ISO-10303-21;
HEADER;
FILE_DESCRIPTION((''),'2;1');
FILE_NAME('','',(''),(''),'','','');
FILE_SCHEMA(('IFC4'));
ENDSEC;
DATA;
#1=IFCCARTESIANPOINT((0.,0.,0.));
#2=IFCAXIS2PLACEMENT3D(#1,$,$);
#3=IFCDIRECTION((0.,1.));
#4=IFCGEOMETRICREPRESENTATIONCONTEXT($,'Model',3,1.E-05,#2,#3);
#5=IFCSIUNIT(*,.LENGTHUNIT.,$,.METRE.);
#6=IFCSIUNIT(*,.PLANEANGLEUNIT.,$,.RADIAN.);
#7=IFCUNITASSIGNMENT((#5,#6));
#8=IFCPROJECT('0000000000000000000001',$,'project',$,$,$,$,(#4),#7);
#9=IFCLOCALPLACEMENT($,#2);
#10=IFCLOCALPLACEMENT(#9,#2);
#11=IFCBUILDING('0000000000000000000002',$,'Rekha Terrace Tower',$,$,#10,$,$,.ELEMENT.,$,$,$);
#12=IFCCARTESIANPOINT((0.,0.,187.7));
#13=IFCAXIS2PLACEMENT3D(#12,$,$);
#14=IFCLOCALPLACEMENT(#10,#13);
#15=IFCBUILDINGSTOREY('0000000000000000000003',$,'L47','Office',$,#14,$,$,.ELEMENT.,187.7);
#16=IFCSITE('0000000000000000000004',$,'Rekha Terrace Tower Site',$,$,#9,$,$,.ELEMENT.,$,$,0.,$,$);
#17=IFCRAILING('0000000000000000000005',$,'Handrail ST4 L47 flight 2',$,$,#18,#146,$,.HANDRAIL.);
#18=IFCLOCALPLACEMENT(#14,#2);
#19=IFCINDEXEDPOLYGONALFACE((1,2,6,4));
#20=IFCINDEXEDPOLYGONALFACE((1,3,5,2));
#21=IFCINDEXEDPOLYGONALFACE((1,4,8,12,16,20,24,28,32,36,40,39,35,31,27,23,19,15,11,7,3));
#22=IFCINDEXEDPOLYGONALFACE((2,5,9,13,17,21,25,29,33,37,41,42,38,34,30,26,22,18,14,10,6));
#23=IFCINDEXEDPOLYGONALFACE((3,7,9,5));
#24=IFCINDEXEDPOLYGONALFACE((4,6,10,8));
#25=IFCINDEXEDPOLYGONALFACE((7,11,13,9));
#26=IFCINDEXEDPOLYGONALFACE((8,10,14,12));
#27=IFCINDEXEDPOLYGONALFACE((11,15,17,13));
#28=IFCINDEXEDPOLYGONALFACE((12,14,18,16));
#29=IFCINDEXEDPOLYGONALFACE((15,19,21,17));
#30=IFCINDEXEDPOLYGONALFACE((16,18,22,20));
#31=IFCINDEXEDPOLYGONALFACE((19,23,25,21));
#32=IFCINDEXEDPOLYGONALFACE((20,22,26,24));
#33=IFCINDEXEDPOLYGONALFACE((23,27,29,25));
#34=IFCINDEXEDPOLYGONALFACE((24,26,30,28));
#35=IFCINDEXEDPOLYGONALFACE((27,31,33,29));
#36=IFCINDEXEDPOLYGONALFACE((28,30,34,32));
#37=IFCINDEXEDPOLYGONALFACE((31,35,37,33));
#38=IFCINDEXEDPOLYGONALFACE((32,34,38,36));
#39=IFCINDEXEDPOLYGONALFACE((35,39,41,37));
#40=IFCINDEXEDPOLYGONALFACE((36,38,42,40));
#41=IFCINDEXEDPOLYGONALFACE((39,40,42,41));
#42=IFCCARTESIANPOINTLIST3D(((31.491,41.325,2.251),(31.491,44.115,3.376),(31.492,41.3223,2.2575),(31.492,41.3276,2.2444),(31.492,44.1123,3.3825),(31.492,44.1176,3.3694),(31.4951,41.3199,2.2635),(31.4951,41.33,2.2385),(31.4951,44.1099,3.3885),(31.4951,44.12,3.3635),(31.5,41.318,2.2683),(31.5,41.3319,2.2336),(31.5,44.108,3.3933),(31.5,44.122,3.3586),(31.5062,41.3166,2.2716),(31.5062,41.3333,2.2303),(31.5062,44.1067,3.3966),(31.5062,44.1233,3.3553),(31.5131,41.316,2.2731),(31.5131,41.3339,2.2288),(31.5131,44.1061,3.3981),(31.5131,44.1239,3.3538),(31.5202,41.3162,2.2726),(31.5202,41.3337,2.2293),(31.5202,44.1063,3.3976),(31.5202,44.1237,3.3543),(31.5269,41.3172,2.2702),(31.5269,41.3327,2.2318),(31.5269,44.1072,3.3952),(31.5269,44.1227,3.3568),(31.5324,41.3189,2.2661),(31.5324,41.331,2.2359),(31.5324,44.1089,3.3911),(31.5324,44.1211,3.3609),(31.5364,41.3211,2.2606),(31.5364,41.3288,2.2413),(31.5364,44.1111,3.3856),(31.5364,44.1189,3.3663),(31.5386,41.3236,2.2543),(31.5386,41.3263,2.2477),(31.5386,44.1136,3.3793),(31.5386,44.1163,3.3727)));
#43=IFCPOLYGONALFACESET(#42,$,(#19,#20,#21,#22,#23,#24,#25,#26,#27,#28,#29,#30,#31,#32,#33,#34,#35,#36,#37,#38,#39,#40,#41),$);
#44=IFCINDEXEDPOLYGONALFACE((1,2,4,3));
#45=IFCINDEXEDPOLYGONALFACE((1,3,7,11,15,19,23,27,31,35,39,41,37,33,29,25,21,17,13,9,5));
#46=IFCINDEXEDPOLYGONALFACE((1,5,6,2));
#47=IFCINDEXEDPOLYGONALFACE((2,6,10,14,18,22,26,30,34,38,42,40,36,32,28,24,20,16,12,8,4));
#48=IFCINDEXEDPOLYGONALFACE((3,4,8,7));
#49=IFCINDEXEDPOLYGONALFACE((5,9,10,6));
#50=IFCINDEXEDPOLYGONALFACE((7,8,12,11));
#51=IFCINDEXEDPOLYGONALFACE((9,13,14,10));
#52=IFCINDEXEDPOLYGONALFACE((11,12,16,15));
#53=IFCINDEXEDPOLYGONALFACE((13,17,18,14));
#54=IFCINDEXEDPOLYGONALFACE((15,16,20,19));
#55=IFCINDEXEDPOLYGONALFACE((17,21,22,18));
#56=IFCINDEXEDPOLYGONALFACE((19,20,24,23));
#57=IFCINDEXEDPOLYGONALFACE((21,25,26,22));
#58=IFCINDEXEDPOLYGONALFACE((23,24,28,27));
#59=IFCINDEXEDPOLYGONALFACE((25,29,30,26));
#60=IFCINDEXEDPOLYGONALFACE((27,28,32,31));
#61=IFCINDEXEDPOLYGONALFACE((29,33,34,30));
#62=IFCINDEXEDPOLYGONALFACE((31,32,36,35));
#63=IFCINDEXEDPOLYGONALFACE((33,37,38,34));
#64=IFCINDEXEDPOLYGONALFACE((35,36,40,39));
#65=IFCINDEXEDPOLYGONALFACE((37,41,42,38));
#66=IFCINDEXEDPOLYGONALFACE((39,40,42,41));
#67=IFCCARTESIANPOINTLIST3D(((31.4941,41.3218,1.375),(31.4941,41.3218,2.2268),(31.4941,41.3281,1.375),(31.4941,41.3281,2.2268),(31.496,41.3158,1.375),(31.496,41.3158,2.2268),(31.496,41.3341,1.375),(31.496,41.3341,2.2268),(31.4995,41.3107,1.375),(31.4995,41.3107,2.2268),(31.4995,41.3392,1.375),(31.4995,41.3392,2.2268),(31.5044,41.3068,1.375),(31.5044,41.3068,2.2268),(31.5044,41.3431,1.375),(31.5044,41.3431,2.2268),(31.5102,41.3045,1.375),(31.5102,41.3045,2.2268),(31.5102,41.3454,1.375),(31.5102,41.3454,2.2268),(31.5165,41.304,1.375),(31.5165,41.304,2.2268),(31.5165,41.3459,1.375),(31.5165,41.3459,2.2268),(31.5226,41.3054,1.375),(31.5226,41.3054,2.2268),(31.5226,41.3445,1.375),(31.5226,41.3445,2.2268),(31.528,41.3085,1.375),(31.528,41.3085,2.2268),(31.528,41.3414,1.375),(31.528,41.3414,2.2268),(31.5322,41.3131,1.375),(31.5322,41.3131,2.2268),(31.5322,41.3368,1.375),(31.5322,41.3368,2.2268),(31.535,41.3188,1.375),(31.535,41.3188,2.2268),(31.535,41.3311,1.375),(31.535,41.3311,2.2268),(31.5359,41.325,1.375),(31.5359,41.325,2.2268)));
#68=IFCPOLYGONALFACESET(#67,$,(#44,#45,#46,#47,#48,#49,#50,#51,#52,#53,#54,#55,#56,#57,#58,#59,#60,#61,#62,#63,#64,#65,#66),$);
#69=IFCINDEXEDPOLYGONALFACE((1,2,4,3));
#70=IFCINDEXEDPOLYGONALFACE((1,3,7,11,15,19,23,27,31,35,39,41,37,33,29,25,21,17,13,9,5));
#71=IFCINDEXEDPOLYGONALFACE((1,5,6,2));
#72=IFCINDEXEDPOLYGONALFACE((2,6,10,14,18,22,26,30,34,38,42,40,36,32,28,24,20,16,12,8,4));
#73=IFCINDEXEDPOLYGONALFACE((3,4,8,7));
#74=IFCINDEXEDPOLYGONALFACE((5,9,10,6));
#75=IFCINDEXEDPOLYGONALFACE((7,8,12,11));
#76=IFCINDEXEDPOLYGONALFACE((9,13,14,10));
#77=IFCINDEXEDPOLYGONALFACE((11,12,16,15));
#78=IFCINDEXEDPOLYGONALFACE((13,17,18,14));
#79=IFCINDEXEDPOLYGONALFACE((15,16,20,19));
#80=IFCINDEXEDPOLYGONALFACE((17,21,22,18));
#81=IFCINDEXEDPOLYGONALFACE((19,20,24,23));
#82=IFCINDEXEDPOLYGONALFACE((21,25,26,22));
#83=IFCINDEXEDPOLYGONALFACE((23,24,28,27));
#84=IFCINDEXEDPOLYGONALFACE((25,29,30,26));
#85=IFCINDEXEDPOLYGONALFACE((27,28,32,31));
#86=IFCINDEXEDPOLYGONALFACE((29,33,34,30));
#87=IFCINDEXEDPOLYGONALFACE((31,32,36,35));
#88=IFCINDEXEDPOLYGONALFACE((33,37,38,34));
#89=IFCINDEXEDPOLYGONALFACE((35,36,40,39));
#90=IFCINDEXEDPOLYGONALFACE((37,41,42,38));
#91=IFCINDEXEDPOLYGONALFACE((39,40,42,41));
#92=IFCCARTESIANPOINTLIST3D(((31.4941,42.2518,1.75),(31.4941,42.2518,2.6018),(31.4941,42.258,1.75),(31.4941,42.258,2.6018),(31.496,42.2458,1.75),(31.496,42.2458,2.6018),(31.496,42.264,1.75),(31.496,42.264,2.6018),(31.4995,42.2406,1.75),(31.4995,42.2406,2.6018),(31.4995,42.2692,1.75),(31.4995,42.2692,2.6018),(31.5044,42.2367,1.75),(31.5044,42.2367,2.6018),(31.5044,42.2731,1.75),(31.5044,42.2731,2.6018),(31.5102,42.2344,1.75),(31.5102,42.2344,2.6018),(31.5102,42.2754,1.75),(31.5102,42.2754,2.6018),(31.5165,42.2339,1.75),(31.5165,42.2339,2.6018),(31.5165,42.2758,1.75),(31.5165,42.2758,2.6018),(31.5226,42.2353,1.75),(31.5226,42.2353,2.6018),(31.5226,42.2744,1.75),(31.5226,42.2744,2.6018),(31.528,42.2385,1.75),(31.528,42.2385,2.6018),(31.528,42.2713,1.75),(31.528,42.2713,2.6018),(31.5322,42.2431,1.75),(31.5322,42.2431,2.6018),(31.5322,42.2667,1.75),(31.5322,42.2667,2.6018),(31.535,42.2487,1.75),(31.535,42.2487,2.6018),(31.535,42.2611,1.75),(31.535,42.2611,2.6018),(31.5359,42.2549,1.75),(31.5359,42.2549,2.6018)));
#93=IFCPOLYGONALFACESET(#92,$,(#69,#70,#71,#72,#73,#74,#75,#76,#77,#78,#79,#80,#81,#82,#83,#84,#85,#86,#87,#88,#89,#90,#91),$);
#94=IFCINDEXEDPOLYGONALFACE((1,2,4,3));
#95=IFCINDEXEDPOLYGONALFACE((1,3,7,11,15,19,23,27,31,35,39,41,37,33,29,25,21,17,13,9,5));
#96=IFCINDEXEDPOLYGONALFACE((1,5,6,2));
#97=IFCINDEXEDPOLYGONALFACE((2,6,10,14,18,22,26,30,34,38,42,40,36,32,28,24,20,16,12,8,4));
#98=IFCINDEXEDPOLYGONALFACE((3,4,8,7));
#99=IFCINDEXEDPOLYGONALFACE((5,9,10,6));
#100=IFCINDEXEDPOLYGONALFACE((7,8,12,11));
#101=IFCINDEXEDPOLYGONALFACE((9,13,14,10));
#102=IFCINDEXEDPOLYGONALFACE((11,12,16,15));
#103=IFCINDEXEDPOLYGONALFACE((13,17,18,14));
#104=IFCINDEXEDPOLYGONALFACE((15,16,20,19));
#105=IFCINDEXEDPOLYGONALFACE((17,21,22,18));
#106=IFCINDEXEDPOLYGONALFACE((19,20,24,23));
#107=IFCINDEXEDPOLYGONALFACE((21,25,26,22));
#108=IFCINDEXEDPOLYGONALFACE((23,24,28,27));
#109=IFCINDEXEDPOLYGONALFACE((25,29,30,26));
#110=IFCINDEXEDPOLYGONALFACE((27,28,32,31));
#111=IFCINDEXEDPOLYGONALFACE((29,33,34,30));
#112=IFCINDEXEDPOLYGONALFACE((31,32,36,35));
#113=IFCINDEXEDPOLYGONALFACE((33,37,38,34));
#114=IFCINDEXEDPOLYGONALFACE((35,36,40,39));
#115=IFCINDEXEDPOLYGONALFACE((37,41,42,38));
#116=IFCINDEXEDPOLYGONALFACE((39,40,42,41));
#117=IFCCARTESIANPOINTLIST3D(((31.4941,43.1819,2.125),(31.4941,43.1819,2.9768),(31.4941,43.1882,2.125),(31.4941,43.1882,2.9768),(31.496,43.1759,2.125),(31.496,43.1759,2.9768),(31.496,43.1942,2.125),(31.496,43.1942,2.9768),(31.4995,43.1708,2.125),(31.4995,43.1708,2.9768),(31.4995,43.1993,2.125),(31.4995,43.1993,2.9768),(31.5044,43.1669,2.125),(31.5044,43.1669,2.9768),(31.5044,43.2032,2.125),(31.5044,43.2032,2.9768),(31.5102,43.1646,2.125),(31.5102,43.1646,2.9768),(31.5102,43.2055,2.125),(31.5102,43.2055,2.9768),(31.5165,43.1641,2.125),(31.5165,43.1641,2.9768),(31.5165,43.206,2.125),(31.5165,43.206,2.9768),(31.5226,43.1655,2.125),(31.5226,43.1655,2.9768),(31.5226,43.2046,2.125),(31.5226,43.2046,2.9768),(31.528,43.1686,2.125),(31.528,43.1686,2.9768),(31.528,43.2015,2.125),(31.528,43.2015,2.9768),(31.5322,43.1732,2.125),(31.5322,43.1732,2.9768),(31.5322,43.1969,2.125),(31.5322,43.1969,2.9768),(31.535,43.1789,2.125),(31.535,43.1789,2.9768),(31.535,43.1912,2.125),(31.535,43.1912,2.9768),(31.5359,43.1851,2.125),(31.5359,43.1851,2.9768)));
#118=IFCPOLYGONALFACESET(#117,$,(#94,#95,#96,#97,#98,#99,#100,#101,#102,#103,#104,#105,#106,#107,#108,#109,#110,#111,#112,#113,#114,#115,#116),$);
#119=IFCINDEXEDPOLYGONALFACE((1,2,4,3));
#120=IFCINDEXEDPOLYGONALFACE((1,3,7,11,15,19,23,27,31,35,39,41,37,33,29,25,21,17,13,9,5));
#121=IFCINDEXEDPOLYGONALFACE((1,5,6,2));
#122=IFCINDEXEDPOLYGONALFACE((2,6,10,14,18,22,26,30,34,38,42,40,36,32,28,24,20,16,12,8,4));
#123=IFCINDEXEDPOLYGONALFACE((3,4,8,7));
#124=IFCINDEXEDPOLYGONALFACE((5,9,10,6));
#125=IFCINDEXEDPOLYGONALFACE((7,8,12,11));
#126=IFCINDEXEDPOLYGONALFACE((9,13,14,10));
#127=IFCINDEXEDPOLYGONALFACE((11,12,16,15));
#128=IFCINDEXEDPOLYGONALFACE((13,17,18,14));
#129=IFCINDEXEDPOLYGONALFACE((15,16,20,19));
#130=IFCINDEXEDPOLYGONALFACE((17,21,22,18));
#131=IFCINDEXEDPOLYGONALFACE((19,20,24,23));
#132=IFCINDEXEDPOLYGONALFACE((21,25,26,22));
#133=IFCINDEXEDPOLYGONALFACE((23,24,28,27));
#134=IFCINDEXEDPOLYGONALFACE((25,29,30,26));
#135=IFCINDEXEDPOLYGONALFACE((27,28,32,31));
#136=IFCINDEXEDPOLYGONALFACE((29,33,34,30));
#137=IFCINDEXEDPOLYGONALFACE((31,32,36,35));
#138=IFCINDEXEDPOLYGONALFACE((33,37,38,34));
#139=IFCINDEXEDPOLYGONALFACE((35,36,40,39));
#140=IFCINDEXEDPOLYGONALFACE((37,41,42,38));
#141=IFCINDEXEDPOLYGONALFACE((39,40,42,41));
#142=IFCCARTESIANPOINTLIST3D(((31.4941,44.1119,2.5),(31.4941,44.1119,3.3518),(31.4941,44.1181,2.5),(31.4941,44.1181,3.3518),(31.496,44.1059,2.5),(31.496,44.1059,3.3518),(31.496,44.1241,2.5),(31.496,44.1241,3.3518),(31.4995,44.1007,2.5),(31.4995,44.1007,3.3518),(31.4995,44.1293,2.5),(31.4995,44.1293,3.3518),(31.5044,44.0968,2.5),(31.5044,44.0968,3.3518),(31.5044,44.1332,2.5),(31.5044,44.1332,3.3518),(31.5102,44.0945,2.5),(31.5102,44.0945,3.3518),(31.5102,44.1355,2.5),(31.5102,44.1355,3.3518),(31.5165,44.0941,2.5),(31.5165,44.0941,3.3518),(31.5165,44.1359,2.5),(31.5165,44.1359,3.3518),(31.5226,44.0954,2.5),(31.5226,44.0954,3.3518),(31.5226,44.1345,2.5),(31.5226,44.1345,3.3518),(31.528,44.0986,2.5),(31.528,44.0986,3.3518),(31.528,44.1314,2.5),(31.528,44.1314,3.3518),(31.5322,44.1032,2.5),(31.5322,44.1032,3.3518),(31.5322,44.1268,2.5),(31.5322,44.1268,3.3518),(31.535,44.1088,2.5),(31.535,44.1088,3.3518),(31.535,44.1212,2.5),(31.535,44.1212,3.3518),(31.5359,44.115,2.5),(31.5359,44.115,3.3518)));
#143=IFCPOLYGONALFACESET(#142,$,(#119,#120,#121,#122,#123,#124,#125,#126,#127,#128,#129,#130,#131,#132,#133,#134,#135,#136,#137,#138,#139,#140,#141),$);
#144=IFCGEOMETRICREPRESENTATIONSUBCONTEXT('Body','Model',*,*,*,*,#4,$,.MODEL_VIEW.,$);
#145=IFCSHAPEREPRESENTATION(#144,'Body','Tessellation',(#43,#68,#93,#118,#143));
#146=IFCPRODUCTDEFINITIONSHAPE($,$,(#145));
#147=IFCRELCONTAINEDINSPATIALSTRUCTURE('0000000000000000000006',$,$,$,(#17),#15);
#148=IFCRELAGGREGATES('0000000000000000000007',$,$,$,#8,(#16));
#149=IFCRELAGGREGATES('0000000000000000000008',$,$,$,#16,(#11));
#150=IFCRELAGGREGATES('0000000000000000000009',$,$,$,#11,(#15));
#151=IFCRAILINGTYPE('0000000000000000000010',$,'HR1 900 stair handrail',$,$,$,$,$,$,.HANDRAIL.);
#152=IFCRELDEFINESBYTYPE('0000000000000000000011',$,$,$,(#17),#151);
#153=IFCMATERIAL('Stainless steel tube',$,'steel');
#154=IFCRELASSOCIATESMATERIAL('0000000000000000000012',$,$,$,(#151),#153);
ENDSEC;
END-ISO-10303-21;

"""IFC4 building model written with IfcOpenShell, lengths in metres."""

from ifc_helpers import new_model, si_unit, direction, frame, origin, origin_2d, place, context, subcontext, project, spatial, circle, extrude, material, type_object, element, save


model = new_model("IFC4")

# Units and contexts
model_context = context("Model", 3, precision=1e-05, world=origin(), true_north=direction((0.0, 1.0)))
body_context = subcontext(model_context, "Body", "Model", "MODEL_VIEW")
ifc_project = project(units=[si_unit("LENGTHUNIT", "METRE"), si_unit("PLANEANGLEUNIT", "RADIAN")], contexts=[model_context])

# Site, building, storey
site_placement = place(None, origin())
site = spatial("IfcSite", under=ifc_project, at=site_placement, Name="Rekha Terrace Tower Site", CompositionType="ELEMENT", RefElevation=0.0)
building_placement = place(site_placement, origin())
building = spatial("IfcBuilding", under=site, at=building_placement, Name="Rekha Terrace Tower", CompositionType="ELEMENT")
storey_placement = place(building_placement, frame((0.0, 0.0, 187.7)))
storey = spatial("IfcBuildingStorey", under=building, at=storey_placement, Name="L47", Description="Office", CompositionType="ELEMENT", Elevation=187.7)

# Railing
ifc_material_1 = material(Name="Stainless steel tube", Category="steel")
railing_type_1 = type_object("IfcRailingType", Name="HR1 900 stair handrail", PredefinedType="HANDRAIL", material=ifc_material_1)
railing_1_placement = place(storey_placement, frame((31.5149, 41.325, 1.375)))
element("IfcRailing", 1, at=railing_1_placement, inside=storey, type_object=railing_type_1, Name="Handrail ST4 L47 flight 2", PredefinedType="HANDRAIL", context=body_context, shape_type="SweptSolid", body=[
    extrude(circle(Radius=0.0239, at=origin_2d()), frame((0.0, 0.0, 0.876), z_axis=(0.0, 0.927443, 0.373964), x_axis=(-1.0, 0.0, 0.0)), (0.0, 0.0, 1.0), 3.0083),
    extrude(circle(Radius=0.021, at=origin_2d()), origin(), (0.0, 0.0, 1.0), 0.8518),
    extrude(circle(Radius=0.021, at=origin_2d()), frame((0.0, 0.9299, 0.375)), (0.0, 0.0, 1.0), 0.8518),
    extrude(circle(Radius=0.021, at=origin_2d()), frame((0.0, 1.8601, 0.75)), (0.0, 0.0, 1.0), 0.8518),
    extrude(circle(Radius=0.021, at=origin_2d()), frame((0.0, 2.79, 1.125)), (0.0, 0.0, 1.0), 0.8518),
])

save(model, "model.ifc")
